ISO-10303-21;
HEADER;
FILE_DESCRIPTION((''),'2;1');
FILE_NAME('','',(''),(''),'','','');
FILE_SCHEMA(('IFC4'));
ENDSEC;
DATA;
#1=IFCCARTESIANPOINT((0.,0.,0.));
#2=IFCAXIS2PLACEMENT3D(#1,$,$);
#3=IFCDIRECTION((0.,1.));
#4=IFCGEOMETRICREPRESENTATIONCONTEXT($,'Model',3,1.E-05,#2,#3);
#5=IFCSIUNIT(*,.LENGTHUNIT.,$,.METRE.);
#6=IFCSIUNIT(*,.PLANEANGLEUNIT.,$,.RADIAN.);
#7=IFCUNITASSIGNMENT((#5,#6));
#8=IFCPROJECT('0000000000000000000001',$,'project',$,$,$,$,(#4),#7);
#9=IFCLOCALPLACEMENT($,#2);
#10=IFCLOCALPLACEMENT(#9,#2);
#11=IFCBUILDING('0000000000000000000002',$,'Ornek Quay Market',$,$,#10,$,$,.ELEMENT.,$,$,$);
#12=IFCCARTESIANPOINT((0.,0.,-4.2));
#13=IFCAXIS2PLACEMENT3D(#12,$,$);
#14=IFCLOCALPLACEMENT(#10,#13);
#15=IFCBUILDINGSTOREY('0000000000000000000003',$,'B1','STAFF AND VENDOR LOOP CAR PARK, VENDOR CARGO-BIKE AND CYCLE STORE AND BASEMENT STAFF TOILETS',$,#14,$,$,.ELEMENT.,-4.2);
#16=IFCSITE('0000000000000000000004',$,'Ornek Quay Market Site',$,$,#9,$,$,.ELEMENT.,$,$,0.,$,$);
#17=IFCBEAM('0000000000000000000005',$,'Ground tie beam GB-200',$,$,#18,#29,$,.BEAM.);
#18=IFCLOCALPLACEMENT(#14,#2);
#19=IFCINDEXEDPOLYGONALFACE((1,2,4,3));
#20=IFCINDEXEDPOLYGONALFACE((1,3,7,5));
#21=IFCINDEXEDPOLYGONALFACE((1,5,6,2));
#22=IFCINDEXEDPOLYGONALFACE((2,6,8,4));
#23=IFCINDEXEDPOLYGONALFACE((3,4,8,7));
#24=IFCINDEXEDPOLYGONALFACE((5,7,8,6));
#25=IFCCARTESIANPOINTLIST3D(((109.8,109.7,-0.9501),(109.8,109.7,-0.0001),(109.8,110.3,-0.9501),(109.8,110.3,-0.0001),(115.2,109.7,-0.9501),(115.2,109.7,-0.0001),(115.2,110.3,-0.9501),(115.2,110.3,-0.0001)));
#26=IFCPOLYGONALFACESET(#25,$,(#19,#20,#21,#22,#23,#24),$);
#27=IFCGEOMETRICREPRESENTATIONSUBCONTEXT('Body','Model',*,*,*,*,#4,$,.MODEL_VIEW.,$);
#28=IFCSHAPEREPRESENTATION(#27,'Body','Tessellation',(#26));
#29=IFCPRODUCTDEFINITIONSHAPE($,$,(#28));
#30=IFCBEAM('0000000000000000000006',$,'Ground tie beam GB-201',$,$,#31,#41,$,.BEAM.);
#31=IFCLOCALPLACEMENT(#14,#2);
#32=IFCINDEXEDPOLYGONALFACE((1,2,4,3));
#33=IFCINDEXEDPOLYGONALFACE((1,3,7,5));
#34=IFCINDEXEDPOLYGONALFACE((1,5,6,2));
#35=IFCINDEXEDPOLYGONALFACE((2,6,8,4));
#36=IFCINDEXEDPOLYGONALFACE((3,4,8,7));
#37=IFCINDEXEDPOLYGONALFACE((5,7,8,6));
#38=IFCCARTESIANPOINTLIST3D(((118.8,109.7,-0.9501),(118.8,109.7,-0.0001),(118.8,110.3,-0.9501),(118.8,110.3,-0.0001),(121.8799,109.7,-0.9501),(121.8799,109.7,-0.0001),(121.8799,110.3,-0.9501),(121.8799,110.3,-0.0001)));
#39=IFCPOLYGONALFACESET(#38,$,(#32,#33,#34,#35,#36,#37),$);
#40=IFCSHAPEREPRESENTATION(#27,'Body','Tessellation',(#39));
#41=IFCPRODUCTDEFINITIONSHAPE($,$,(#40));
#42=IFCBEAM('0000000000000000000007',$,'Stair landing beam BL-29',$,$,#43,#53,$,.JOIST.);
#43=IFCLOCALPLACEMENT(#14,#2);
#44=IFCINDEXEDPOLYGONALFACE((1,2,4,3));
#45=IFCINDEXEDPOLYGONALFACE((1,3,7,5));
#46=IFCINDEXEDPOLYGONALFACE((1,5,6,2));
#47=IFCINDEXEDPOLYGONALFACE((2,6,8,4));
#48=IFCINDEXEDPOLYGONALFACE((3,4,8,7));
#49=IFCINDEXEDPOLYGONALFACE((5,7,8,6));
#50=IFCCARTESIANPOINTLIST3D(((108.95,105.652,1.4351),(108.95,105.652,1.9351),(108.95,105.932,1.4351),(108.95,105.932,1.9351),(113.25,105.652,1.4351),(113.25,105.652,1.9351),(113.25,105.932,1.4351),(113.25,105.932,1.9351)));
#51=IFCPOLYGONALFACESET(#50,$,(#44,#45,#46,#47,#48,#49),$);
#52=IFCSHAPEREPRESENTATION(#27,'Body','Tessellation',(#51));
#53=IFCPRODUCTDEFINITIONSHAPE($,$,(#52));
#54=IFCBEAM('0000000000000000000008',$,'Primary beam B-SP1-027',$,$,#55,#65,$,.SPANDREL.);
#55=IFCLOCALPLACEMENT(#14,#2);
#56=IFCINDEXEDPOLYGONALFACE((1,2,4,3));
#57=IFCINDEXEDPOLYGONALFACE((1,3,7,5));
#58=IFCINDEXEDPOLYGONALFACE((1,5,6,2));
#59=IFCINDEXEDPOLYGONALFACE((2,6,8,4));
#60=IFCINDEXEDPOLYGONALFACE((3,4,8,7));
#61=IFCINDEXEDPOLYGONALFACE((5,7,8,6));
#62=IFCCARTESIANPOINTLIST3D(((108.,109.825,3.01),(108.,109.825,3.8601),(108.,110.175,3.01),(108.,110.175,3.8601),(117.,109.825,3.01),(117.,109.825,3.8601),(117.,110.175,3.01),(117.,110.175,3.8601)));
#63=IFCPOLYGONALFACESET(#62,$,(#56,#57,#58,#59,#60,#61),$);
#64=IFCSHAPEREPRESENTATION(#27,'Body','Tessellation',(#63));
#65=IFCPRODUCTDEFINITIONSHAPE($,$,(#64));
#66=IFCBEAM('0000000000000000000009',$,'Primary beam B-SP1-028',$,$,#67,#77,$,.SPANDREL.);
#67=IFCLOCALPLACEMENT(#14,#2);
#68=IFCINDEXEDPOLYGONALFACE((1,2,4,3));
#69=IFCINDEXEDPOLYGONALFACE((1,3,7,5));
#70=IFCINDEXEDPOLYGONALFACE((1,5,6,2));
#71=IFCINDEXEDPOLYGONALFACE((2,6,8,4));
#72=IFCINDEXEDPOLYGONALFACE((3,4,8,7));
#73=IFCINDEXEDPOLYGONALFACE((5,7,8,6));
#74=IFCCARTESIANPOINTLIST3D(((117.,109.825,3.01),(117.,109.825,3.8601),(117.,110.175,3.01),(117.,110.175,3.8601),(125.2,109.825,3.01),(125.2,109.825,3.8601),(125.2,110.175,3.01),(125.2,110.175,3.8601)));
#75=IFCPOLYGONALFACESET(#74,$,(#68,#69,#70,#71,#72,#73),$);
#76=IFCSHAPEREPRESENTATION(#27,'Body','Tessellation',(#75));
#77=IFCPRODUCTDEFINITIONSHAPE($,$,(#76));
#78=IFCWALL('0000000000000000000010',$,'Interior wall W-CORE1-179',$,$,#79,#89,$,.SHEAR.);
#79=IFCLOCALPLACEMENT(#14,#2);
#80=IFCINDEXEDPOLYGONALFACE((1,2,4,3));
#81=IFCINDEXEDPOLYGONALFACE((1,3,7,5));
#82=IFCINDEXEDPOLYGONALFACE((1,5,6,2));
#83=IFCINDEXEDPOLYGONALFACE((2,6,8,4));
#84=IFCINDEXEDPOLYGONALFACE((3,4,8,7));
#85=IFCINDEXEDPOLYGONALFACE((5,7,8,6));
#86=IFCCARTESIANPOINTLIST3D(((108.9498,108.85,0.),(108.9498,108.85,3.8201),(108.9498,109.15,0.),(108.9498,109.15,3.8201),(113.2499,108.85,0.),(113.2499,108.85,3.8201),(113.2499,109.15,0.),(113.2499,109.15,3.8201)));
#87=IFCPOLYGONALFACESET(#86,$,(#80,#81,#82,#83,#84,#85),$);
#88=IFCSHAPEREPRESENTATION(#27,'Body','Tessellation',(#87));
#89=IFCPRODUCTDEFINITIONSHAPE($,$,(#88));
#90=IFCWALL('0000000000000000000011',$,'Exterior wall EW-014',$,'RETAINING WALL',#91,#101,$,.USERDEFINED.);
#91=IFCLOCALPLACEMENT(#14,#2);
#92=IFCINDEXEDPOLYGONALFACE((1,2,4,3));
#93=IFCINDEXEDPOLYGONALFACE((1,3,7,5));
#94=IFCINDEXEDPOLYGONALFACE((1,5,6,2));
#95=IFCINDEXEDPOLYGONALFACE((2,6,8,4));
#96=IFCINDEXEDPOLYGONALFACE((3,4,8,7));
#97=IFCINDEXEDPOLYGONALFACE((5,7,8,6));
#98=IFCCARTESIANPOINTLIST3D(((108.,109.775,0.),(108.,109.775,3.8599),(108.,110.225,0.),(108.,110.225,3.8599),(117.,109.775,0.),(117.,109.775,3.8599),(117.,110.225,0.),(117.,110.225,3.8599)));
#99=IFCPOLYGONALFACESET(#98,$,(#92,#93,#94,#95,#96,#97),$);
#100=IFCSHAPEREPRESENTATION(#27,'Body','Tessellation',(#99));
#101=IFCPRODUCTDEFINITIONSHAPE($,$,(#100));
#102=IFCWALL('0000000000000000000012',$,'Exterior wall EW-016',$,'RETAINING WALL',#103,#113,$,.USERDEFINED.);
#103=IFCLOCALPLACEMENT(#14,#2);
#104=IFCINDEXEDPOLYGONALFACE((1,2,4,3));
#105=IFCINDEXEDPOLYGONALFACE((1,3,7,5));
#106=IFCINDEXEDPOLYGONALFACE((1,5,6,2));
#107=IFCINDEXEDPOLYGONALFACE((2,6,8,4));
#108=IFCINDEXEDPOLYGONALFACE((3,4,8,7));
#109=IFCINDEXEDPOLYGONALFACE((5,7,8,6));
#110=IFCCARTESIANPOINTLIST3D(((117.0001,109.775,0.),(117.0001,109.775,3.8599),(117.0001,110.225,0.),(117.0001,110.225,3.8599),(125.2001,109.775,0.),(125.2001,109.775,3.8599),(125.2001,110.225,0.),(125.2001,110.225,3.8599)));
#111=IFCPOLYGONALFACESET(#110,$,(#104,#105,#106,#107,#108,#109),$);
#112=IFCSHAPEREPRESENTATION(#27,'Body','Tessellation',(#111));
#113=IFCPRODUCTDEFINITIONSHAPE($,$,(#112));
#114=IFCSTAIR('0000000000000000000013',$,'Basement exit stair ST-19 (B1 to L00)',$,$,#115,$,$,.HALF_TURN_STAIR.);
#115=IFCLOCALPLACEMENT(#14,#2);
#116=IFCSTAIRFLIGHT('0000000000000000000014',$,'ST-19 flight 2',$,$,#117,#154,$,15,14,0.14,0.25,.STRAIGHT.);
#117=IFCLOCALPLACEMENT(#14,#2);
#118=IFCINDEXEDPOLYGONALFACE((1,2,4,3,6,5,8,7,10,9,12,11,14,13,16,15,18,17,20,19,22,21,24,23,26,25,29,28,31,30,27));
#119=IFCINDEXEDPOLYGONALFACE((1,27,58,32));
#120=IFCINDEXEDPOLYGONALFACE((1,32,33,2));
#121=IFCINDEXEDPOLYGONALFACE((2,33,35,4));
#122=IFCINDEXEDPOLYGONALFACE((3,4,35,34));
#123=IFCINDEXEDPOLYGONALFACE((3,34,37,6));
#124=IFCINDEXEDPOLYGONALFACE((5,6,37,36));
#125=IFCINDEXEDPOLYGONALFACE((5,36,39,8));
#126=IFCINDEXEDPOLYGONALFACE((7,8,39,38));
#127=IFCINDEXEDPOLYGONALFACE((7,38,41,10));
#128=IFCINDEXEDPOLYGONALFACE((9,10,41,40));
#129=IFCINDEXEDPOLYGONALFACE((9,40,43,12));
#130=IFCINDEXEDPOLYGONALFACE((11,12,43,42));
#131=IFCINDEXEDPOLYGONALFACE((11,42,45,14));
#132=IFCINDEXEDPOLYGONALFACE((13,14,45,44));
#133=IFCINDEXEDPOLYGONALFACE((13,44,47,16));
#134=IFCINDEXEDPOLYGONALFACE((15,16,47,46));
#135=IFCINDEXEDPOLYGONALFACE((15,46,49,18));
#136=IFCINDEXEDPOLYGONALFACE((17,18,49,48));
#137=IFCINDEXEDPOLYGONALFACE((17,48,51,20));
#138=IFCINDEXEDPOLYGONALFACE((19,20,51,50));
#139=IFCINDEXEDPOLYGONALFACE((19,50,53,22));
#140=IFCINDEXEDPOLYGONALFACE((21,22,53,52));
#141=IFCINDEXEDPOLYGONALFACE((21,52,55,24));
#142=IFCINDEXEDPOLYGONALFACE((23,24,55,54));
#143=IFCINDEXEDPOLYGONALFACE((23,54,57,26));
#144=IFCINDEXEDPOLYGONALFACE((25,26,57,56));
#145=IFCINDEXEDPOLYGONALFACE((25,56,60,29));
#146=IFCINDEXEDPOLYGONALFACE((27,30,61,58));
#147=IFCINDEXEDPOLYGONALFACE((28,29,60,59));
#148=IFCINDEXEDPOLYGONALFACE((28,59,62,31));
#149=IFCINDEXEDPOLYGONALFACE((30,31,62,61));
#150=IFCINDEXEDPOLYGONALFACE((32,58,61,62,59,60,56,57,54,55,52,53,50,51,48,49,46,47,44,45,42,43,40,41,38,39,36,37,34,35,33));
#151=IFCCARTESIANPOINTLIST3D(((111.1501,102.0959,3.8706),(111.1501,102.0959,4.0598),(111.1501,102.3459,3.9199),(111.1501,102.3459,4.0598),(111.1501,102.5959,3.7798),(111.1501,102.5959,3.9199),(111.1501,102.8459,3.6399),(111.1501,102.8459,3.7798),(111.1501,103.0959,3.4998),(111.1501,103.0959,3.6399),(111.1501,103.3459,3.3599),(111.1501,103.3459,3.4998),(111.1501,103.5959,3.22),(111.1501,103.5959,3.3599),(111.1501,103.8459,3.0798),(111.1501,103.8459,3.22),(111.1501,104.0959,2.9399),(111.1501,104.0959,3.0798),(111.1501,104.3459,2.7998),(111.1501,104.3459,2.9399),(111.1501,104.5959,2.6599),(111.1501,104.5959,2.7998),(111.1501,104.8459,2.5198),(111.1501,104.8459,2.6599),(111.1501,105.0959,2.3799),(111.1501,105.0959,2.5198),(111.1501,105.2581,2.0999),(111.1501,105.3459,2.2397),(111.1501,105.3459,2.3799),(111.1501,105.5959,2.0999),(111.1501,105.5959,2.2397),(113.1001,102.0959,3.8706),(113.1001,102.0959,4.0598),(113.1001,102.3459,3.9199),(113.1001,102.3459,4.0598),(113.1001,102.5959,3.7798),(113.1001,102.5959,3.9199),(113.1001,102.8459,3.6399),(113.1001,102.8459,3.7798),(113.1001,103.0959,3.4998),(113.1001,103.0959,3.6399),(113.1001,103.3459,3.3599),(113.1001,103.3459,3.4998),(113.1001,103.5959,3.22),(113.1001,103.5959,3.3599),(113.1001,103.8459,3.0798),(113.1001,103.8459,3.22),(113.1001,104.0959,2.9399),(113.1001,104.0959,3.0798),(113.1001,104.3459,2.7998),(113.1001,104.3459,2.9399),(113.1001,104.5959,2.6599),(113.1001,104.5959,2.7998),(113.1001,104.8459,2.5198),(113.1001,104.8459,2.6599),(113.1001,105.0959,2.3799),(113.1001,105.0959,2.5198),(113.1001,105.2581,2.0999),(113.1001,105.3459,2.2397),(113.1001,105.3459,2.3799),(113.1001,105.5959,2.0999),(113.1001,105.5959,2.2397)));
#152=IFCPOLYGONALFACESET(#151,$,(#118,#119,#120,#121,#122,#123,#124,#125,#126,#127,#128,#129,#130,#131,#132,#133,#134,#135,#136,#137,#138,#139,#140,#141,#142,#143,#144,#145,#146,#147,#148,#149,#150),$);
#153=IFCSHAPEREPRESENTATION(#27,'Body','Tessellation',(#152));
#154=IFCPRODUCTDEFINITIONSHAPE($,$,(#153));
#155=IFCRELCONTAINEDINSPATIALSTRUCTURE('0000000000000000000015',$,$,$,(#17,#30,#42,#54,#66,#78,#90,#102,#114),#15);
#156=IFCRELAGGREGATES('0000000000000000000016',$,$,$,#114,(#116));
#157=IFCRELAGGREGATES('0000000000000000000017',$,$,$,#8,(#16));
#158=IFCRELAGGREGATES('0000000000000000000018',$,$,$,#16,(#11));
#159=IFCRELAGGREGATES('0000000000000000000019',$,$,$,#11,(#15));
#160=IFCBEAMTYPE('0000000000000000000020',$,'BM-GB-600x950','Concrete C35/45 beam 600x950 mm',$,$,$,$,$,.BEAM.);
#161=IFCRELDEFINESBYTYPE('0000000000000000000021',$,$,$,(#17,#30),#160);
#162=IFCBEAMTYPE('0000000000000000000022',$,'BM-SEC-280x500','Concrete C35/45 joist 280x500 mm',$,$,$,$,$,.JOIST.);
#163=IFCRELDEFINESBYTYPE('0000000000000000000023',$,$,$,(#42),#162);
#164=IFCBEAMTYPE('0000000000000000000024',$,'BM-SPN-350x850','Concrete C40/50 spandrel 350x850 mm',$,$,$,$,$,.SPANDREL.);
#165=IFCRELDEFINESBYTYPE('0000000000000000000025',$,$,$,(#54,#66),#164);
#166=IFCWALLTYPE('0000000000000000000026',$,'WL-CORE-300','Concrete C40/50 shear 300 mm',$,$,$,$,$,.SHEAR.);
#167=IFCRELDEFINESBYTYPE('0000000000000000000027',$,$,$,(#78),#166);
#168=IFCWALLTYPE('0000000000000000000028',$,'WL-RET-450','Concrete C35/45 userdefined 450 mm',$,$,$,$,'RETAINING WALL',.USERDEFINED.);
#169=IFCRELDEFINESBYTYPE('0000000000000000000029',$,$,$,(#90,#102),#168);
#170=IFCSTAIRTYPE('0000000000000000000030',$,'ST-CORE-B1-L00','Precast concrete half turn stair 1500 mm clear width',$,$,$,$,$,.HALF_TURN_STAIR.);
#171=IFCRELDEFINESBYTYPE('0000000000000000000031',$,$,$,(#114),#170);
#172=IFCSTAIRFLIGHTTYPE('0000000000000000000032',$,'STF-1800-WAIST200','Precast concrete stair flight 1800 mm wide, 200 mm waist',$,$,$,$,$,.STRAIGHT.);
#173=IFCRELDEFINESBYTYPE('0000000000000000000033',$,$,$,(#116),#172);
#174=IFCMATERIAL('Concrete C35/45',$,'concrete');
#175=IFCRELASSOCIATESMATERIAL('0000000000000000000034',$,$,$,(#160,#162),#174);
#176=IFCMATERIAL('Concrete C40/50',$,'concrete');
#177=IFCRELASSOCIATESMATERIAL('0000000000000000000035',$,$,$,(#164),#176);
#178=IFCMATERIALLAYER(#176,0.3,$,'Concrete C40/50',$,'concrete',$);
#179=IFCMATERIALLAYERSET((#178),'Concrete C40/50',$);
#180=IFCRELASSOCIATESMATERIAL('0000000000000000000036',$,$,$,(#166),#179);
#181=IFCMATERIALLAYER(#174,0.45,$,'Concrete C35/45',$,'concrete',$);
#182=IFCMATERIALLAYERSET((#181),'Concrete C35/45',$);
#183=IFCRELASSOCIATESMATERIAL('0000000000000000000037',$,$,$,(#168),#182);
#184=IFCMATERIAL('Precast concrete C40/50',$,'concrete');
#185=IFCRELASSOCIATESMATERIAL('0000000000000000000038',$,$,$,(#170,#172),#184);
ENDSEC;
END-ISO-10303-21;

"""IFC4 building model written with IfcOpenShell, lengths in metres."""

from ifc_helpers import new_model, si_unit, direction, frame, frame_2d, origin, origin_2d, place, context, subcontext, project, spatial, polyline, rectangle, outline, extrude, material, layer, layer_set, material_profile, profile_set, type_object, element, aggregate, save


model = new_model("IFC4")

# Units and contexts
model_context = context("Model", 3, precision=1e-05, world=origin(), true_north=direction((0.0, 1.0)))
body_context = subcontext(model_context, "Body", "Model", "MODEL_VIEW")
ifc_project = project(units=[si_unit("LENGTHUNIT", "METRE"), si_unit("PLANEANGLEUNIT", "RADIAN")], contexts=[model_context])

# Site, building, storey
site_placement = place(None, origin())
site = spatial("IfcSite", under=ifc_project, at=site_placement, Name="Ornek Quay Market Site", CompositionType="ELEMENT", RefElevation=0.0)
building_placement = place(site_placement, origin())
building = spatial("IfcBuilding", under=site, at=building_placement, Name="Ornek Quay Market", CompositionType="ELEMENT")
storey_placement = place(building_placement, frame((0.0, 0.0, -4.2)))
storey = spatial("IfcBuildingStorey", under=building, at=storey_placement, Name="B1", Description="STAFF AND VENDOR LOOP CAR PARK, VENDOR CARGO-BIKE AND CYCLE STORE AND BASEMENT STAFF TOILETS", CompositionType="ELEMENT", Elevation=-4.2)

# Shared definitions
ifc_material_1 = material(Name="Concrete C35/45", Category="concrete")

# Shared definitions
ifc_material_2 = material(Name="Concrete C40/50", Category="concrete")

# Beams
ifc_material_profile_1 = material_profile(ifc_material_1, rectangle(XDim=0.6001, YDim=0.95, at=origin_2d()), Name="RC 600x950", Category="concrete")
ifc_profile_set_1 = profile_set([ifc_material_profile_1], Name="Concrete C35/45")
beam_type_1 = type_object("IfcBeamType", Name="BM-GB-600x950", Description="Concrete C35/45 beam 600x950 mm", PredefinedType="BEAM", material=ifc_profile_set_1)
beam_1_placement = place(storey_placement, frame((109.8, 110.0, -0.4751), z_axis=(1.0, 0.0, 0.0), x_axis=(0.0, 1.0, 0.0)))
element("IfcBeam", 1, at=beam_1_placement, inside=storey, type_object=beam_type_1, Name="Ground tie beam GB-200", PredefinedType="BEAM", context=body_context, shape_type="SweptSolid", body=[
    extrude(rectangle(XDim=0.6001, YDim=0.95, at=origin_2d()), origin(), (0.0, 0.0, 1.0), 5.3999),
])
beam_2_placement = place(storey_placement, frame((118.8, 110.0, -0.4751), z_axis=(1.0, 0.0, 0.0), x_axis=(0.0, 1.0, 0.0)))
element("IfcBeam", 2, at=beam_2_placement, inside=storey, type_object=beam_type_1, Name="Ground tie beam GB-201", PredefinedType="BEAM", context=body_context, shape_type="SweptSolid", body=[
    extrude(rectangle(XDim=0.6001, YDim=0.95, at=origin_2d()), origin(), (0.0, 0.0, 1.0), 3.0798),
])
ifc_material_profile_2 = material_profile(ifc_material_1, rectangle(XDim=0.28, YDim=0.5, at=origin_2d()), Name="RC 280x500", Category="concrete")
ifc_profile_set_2 = profile_set([ifc_material_profile_2], Name="Concrete C35/45")
beam_type_2 = type_object("IfcBeamType", Name="BM-SEC-280x500", Description="Concrete C35/45 joist 280x500 mm", PredefinedType="JOIST", material=ifc_profile_set_2)
beam_3_placement = place(storey_placement, frame((108.95, 105.792, 1.6851), z_axis=(1.0, 0.0, 0.0), x_axis=(0.0, 1.0, 0.0)))
element("IfcBeam", 3, at=beam_3_placement, inside=storey, type_object=beam_type_2, Name="Stair landing beam BL-29", PredefinedType="JOIST", context=body_context, shape_type="SweptSolid", body=[
    extrude(rectangle(XDim=0.28, YDim=0.5, at=origin_2d()), origin(), (0.0, 0.0, 1.0), 4.3),
])
ifc_material_profile_3 = material_profile(ifc_material_2, rectangle(XDim=0.3501, YDim=0.8501, at=origin_2d()), Name="RC 350x850", Category="concrete")
ifc_profile_set_3 = profile_set([ifc_material_profile_3], Name="Concrete C40/50")
beam_type_3 = type_object("IfcBeamType", Name="BM-SPN-350x850", Description="Concrete C40/50 spandrel 350x850 mm", PredefinedType="SPANDREL", material=ifc_profile_set_3)
beam_4_placement = place(storey_placement, frame((108.0, 110.0, 3.4351), z_axis=(1.0, 0.0, 0.0), x_axis=(0.0, 1.0, 0.0)))
element("IfcBeam", 4, at=beam_4_placement, inside=storey, type_object=beam_type_3, Name="Primary beam B-SP1-027", PredefinedType="SPANDREL", context=body_context, shape_type="SweptSolid", body=[
    extrude(rectangle(XDim=0.3501, YDim=0.8501, at=origin_2d()), origin(), (0.0, 0.0, 1.0), 9.0),
])
beam_5_placement = place(storey_placement, frame((117.0, 110.0, 3.4351), z_axis=(1.0, 0.0, 0.0), x_axis=(0.0, 1.0, 0.0)))
element("IfcBeam", 5, at=beam_5_placement, inside=storey, type_object=beam_type_3, Name="Primary beam B-SP1-028", PredefinedType="SPANDREL", context=body_context, shape_type="SweptSolid", body=[
    extrude(rectangle(XDim=0.3501, YDim=0.8501, at=origin_2d()), origin(), (0.0, 0.0, 1.0), 8.2),
])

# Walls
ifc_layer_1 = layer(ifc_material_2, 0.3, Name="Concrete C40/50", Category="concrete")
ifc_layer_set_1 = layer_set([ifc_layer_1], Name="Concrete C40/50")
wall_type_1 = type_object("IfcWallType", Name="WL-CORE-300", Description="Concrete C40/50 shear 300 mm", PredefinedType="SHEAR", material=ifc_layer_set_1)
wall_1_placement = place(storey_placement, frame((108.95, 109.0, 0.0), z_axis=(0.0, 0.0, 1.0), x_axis=(1.0, 0.0, 0.0)))
element("IfcWall", 6, at=wall_1_placement, inside=storey, type_object=wall_type_1, Name="Interior wall W-CORE1-179", PredefinedType="SHEAR", context=body_context, shape_type="SweptSolid", body=[
    extrude(rectangle(XDim=4.3, YDim=0.3, at=frame_2d((2.1499, 0.0))), origin(), (0.0, 0.0, 1.0), 3.8201),
])
ifc_layer_2 = layer(ifc_material_1, 0.45, Name="Concrete C35/45", Category="concrete")
ifc_layer_set_2 = layer_set([ifc_layer_2], Name="Concrete C35/45")
wall_type_2 = type_object("IfcWallType", Name="WL-RET-450", Description="Concrete C35/45 userdefined 450 mm", ElementType="RETAINING WALL", PredefinedType="USERDEFINED", material=ifc_layer_set_2)
wall_2_placement = place(storey_placement, frame((108.0, 110.0, 0.0), z_axis=(0.0, 0.0, 1.0), x_axis=(1.0, 0.0, 0.0)))
element("IfcWall", 7, at=wall_2_placement, inside=storey, type_object=wall_type_2, Name="Exterior wall EW-014", ObjectType="RETAINING WALL", PredefinedType="USERDEFINED", context=body_context, shape_type="SweptSolid", body=[
    extrude(rectangle(XDim=9.0, YDim=0.45, at=frame_2d((4.5, 0.0))), origin(), (0.0, 0.0, 1.0), 3.8599),
])
wall_3_placement = place(storey_placement, frame((117.0, 110.0, 0.0), z_axis=(0.0, 0.0, 1.0), x_axis=(1.0, 0.0, 0.0)))
element("IfcWall", 8, at=wall_3_placement, inside=storey, type_object=wall_type_2, Name="Exterior wall EW-016", ObjectType="RETAINING WALL", PredefinedType="USERDEFINED", context=body_context, shape_type="SweptSolid", body=[
    extrude(rectangle(XDim=8.2, YDim=0.45, at=frame_2d((4.1001, 0.0))), origin(), (0.0, 0.0, 1.0), 3.8599),
])

# Stair, stair flight
ifc_material_3 = material(Name="Precast concrete C40/50", Category="concrete")
stair_type = type_object("IfcStairType", Name="ST-CORE-B1-L00", Description="Precast concrete half turn stair 1500 mm clear width", PredefinedType="HALF_TURN_STAIR", material=ifc_material_3)
stair_placement = place(storey_placement, origin())
stair = element("IfcStair", 9, at=stair_placement, inside=storey, type_object=stair_type, Name="Basement exit stair ST-19 (B1 to L00)", PredefinedType="HALF_TURN_STAIR")
stair_flight_type = type_object("IfcStairFlightType", Name="STF-1800-WAIST200", Description="Precast concrete stair flight 1800 mm wide, 200 mm waist", PredefinedType="STRAIGHT", material=ifc_material_3)
stair_flight_placement = place(storey_placement, frame((112.125, 105.5959, 2.0999), z_axis=(0.0, 0.0, 1.0), x_axis=(0.0, -1.0, 0.0)))
stair_flight = element("IfcStairFlight", 10, at=stair_flight_placement, type_object=stair_flight_type, Name="ST-19 flight 2", NumberOfRisers=15, NumberOfTreads=14, PredefinedType="STRAIGHT", RiserHeight=0.14, TreadLength=0.25, context=body_context, shape_type="SweptSolid", body=[
    extrude(outline(polyline([(0.0, 0.0), (0.0, 0.1399), (0.25, 0.1399), (0.25, 0.28), (0.5, 0.28), (0.5, 0.4199), (0.75, 0.4199), (0.75, 0.5601), (1.0, 0.5601), (1.0, 0.7), (1.25, 0.7), (1.25, 0.8401), (1.5, 0.8401), (1.5, 0.98), (1.75, 0.98), (1.75, 1.1201), (2.0, 1.1201), (2.0, 1.26), (2.25, 1.26), (2.25, 1.3999), (2.5, 1.3999), (2.5, 1.54), (2.75, 1.54), (2.75, 1.6799), (3.0, 1.6799), (3.0, 1.8201), (3.25, 1.8201), (3.25, 1.96), (3.5, 1.96), (3.5, 2.1001), (3.5, 1.7708), (0.3379, 0.0), (0.0, 0.0)])), frame((0.0, 0.9751, 0.0), z_axis=(0.0, -1.0, 0.0), x_axis=(1.0, 0.0, 0.0)), (0.0, 0.0, 1.0), 1.95),
])
aggregate(stair, [stair_flight])

save(model, "model.ifc")
